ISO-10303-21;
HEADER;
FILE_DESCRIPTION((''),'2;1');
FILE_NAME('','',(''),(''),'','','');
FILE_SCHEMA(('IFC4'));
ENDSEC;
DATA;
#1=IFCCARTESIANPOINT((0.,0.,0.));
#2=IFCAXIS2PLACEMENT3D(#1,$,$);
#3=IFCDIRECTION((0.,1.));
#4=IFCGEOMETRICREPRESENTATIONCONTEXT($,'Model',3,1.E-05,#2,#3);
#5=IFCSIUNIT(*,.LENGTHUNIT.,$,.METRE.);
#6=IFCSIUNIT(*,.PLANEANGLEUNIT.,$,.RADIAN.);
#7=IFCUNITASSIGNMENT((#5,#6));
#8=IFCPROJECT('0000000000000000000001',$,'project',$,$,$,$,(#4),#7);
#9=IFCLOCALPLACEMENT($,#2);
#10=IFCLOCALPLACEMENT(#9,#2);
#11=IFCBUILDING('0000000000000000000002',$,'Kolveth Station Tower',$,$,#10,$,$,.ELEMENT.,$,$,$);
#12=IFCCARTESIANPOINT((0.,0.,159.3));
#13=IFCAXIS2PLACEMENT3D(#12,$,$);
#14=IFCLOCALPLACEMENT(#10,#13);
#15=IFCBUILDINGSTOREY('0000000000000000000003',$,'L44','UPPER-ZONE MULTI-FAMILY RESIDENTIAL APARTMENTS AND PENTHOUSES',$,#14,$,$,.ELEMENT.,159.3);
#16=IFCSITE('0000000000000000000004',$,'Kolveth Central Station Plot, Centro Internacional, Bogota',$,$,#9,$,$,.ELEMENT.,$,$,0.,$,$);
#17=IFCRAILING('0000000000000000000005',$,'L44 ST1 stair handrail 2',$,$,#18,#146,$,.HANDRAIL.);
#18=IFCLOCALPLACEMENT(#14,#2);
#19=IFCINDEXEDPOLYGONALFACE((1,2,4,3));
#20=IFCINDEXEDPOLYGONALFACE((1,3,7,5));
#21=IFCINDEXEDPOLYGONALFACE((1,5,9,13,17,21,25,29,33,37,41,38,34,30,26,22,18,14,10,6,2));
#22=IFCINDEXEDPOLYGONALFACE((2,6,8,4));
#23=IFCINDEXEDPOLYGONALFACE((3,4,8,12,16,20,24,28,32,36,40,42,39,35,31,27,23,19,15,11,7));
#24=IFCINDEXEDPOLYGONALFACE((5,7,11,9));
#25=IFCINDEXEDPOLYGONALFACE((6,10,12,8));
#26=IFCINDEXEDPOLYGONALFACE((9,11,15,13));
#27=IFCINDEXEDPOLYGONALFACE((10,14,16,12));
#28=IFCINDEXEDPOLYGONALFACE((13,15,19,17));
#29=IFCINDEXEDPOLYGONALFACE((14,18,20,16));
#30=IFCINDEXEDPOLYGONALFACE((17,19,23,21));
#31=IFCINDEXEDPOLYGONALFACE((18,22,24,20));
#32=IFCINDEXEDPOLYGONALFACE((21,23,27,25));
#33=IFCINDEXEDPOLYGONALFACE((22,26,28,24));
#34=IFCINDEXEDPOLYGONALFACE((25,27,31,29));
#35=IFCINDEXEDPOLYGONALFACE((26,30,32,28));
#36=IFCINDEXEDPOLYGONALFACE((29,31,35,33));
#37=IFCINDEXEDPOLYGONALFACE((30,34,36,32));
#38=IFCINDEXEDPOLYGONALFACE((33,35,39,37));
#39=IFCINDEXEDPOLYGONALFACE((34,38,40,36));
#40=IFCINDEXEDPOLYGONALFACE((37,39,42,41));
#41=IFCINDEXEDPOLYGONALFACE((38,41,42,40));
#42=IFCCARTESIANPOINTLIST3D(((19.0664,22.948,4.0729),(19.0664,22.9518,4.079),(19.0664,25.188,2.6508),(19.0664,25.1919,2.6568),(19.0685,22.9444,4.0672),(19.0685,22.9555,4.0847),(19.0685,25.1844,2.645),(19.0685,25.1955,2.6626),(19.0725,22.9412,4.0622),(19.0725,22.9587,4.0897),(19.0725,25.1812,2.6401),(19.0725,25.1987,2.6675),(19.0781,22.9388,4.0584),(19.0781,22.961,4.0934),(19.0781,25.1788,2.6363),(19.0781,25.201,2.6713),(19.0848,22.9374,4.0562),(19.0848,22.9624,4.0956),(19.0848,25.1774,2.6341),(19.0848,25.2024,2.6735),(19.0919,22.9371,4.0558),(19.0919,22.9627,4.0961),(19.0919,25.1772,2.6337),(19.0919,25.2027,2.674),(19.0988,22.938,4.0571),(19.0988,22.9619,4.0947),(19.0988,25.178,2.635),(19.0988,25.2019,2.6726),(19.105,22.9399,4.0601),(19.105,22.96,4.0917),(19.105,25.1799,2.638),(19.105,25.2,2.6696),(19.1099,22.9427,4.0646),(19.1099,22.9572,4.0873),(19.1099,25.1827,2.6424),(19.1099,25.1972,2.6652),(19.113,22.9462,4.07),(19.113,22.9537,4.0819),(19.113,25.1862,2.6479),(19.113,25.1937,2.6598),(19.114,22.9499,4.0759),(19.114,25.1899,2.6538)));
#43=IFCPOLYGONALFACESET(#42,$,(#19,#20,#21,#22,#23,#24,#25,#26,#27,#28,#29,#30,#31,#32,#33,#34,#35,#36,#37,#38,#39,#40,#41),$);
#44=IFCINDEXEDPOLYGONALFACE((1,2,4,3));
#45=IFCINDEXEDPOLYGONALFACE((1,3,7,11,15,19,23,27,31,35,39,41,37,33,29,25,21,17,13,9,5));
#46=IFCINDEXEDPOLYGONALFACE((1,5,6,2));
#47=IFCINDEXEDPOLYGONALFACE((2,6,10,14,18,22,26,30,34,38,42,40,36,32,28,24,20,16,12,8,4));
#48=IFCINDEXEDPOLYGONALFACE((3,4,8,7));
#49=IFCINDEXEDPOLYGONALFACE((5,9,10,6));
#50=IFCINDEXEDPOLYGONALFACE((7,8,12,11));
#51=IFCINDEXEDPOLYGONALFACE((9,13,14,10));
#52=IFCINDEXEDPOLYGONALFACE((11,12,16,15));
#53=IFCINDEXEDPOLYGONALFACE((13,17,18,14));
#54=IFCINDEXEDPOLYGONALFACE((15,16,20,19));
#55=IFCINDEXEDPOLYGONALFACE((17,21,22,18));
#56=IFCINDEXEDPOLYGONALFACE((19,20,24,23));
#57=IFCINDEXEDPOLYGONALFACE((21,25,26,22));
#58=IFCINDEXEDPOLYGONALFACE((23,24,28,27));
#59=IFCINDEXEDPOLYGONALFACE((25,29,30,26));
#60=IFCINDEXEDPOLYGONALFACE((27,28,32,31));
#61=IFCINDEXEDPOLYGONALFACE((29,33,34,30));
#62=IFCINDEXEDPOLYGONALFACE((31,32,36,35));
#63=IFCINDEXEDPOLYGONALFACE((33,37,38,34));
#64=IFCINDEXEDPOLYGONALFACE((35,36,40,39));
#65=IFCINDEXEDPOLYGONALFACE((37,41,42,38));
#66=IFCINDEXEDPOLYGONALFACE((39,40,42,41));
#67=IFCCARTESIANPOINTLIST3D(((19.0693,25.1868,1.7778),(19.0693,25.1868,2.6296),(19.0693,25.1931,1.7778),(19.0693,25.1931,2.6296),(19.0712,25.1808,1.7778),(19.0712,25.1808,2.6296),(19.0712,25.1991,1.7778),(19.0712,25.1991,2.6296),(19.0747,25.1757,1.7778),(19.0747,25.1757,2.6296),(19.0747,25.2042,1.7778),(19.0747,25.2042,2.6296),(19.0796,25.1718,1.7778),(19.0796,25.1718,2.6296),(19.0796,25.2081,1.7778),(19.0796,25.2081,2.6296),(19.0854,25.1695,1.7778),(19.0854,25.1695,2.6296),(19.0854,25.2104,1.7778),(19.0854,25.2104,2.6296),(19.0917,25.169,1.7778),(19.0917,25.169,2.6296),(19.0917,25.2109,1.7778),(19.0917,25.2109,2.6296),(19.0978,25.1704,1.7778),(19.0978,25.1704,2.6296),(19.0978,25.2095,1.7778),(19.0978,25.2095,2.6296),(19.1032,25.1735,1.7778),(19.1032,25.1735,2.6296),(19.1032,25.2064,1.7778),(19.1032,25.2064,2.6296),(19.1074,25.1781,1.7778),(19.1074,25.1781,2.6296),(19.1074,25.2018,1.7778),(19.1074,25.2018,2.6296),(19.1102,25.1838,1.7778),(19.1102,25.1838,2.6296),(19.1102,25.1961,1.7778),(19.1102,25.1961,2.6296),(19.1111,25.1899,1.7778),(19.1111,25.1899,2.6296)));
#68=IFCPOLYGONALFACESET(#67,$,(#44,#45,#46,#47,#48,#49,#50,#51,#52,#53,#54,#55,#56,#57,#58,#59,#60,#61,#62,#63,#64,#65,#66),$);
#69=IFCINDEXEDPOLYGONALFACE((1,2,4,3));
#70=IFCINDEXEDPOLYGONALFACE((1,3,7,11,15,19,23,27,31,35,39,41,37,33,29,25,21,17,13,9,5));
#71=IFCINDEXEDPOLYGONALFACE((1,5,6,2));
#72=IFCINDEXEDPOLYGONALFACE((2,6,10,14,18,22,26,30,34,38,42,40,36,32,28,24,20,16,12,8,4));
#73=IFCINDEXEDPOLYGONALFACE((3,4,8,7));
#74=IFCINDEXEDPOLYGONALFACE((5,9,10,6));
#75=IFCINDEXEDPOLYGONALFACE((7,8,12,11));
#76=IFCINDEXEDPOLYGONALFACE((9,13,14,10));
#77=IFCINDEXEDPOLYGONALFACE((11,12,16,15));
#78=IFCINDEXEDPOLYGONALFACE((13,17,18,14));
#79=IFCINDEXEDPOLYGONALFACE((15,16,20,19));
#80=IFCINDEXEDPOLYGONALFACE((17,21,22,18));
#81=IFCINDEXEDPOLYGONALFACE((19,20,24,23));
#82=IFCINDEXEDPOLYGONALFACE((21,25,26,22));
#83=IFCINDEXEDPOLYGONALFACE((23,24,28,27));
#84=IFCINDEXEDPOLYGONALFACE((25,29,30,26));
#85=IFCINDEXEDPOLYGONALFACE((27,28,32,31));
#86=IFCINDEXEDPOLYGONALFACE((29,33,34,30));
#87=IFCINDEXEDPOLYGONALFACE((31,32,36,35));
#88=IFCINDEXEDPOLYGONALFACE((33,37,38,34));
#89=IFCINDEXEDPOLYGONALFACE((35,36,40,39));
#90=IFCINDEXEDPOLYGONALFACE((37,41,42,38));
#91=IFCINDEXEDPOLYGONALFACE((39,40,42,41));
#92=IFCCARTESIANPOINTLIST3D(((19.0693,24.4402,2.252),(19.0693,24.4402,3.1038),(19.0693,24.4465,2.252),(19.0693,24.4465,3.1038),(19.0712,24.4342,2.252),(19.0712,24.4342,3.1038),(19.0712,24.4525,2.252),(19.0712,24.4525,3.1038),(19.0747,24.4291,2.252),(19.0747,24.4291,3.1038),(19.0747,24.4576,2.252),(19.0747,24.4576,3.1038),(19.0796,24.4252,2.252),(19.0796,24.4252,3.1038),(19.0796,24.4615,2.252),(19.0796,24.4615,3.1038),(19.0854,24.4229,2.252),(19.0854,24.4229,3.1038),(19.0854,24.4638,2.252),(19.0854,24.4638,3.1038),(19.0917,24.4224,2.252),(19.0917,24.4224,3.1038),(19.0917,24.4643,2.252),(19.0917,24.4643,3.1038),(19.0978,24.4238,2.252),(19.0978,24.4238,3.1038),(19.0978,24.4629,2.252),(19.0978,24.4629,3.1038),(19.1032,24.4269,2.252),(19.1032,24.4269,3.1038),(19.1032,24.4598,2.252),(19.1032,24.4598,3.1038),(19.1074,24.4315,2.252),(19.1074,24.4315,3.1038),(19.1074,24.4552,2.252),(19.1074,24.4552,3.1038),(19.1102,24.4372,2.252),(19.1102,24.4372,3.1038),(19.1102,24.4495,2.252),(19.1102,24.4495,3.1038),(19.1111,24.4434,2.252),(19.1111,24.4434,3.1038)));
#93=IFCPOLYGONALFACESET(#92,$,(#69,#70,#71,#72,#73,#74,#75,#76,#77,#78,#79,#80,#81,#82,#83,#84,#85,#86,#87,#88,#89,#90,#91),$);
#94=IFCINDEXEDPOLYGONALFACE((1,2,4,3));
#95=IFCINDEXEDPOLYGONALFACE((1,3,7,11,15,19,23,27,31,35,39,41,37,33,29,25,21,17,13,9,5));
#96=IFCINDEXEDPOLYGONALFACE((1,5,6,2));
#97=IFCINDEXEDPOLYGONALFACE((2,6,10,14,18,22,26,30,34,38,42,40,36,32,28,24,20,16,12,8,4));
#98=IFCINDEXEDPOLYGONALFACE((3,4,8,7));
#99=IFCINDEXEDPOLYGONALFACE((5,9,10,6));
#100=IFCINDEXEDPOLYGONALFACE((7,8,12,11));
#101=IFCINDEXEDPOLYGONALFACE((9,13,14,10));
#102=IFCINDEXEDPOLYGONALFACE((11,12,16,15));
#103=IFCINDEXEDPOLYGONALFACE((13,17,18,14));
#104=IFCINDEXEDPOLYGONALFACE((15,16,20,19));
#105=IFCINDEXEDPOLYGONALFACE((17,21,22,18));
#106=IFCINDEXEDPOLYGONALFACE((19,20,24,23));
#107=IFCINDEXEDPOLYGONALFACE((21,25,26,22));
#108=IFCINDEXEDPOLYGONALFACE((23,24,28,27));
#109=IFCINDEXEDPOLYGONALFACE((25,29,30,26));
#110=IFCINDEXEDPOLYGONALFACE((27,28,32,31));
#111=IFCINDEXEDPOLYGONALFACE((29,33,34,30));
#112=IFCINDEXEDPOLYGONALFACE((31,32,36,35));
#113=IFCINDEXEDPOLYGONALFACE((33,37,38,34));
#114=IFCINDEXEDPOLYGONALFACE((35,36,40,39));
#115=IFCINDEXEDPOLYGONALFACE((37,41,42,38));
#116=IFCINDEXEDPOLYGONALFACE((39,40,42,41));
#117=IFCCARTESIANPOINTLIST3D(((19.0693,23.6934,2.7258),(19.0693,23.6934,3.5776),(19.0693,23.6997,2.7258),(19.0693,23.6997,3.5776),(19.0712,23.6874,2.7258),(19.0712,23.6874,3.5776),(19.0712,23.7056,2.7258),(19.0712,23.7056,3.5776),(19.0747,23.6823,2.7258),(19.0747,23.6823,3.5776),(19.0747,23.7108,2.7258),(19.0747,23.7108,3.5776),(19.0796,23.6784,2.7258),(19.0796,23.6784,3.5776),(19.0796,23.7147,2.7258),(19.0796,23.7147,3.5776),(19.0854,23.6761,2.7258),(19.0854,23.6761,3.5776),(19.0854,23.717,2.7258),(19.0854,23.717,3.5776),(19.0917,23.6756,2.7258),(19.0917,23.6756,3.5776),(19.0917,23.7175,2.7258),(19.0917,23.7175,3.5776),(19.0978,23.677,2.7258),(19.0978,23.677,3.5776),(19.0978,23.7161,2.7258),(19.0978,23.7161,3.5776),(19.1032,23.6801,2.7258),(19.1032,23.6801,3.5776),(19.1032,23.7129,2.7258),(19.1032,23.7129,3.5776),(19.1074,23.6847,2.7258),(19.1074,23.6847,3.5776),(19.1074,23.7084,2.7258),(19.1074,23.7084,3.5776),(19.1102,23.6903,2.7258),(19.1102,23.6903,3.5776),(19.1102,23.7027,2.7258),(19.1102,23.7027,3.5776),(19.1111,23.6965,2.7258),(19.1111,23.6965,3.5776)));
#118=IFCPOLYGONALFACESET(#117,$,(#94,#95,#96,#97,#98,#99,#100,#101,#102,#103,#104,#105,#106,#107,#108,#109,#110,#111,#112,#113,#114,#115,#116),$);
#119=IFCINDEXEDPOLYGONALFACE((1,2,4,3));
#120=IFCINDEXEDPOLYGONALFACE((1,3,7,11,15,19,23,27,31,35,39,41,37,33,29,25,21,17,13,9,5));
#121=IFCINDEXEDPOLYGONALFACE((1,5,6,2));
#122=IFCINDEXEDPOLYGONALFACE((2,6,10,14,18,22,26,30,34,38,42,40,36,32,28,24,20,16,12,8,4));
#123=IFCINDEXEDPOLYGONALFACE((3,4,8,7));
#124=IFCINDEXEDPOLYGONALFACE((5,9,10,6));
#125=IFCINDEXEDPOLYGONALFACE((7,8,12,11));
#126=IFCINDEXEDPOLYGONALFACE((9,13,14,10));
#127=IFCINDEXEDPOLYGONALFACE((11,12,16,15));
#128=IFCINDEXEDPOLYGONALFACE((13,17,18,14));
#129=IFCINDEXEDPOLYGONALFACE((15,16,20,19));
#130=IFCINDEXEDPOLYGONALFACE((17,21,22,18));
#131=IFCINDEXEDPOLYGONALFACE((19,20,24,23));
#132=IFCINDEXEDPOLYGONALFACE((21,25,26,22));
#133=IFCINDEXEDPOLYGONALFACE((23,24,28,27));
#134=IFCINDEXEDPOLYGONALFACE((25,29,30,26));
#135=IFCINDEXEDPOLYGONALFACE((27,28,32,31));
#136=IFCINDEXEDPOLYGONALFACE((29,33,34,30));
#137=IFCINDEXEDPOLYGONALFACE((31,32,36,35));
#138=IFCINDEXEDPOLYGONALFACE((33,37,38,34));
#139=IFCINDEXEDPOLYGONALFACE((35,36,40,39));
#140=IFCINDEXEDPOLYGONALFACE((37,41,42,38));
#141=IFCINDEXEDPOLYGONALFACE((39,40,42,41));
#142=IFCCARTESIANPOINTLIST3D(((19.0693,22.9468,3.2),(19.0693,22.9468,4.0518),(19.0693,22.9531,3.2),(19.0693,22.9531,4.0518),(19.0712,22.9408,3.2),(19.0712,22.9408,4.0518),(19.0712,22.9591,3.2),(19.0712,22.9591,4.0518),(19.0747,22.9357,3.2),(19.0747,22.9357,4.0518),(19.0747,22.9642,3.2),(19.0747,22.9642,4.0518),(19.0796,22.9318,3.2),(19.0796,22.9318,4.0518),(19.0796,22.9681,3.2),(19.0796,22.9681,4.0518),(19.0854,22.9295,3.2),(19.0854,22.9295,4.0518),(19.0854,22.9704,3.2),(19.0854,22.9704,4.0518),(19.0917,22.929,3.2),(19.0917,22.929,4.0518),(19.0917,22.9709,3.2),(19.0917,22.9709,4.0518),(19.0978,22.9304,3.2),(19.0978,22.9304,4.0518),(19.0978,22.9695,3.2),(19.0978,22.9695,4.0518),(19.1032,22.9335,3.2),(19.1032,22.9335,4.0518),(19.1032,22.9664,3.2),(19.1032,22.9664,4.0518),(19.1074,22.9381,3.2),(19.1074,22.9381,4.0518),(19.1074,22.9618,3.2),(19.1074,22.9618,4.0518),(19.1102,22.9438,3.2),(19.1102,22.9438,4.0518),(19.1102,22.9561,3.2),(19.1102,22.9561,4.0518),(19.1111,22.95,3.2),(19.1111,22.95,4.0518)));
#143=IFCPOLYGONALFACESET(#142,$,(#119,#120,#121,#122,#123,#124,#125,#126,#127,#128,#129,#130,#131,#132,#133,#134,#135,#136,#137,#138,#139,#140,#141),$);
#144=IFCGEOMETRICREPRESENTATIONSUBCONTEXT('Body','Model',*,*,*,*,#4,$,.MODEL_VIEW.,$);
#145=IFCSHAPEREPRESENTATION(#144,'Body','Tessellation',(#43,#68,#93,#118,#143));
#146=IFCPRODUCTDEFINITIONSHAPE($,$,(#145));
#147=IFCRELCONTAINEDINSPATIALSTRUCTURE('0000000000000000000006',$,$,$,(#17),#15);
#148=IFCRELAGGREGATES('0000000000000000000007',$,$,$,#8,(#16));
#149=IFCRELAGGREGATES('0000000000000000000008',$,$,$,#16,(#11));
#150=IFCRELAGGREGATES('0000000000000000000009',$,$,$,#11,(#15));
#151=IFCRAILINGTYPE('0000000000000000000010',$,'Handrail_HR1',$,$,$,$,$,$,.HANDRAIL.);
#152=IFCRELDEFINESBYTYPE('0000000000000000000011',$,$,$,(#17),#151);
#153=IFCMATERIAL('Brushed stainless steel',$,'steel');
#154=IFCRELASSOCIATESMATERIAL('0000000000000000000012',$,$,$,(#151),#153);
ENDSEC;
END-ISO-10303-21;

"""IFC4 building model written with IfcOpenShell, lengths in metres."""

from ifc_helpers import new_model, si_unit, direction, frame, origin, origin_2d, place, context, subcontext, project, spatial, circle, extrude, material, type_object, element, save


model = new_model("IFC4")

# Units and contexts
model_context = context("Model", 3, precision=1e-05, world=origin(), true_north=direction((0.0, 1.0)))
body_context = subcontext(model_context, "Body", "Model", "MODEL_VIEW")
ifc_project = project(units=[si_unit("LENGTHUNIT", "METRE"), si_unit("PLANEANGLEUNIT", "RADIAN")], contexts=[model_context])

# Site, building, storey
site_placement = place(None, origin())
site = spatial("IfcSite", under=ifc_project, at=site_placement, Name="Kolveth Central Station Plot, Centro Internacional, Bogota", CompositionType="ELEMENT", RefElevation=0.0)
building_placement = place(site_placement, origin())
building = spatial("IfcBuilding", under=site, at=building_placement, Name="Kolveth Station Tower", CompositionType="ELEMENT")
storey_placement = place(building_placement, frame((0.0, 0.0, 159.3)))
storey = spatial("IfcBuildingStorey", under=building, at=storey_placement, Name="L44", Description="UPPER-ZONE MULTI-FAMILY RESIDENTIAL APARTMENTS AND PENTHOUSES", CompositionType="ELEMENT", Elevation=159.3)

# Railing
ifc_material_1 = material(Name="Brushed stainless steel", Category="steel")
railing_type_1 = type_object("IfcRailingType", Name="Handrail_HR1", PredefinedType="HANDRAIL", material=ifc_material_1)
for number, where, name in (
    (1, (19.0901, 25.1899, 1.7778), "L44 ST1 stair handrail 2"),
):
    element("IfcRailing", number, at=place(storey_placement, frame(where)), inside=storey, type_object=railing_type_1, Name=name, PredefinedType="HANDRAIL", context=body_context, shape_type="SweptSolid", body=[
        extrude(circle(Radius=0.0239, at=origin_2d()), frame((0.0, 0.0, 0.876), z_axis=(0.0, -0.844229, 0.535982), x_axis=(1.0, 0.0, 0.0)), (0.0, 0.0, 1.0), 2.6533),
        extrude(circle(Radius=0.021, at=origin_2d()), origin(), (0.0, 0.0, 1.0), 0.8518),
        extrude(circle(Radius=0.021, at=origin_2d()), frame((0.0, -0.7466, 0.4741)), (0.0, 0.0, 1.0), 0.8518),
        extrude(circle(Radius=0.021, at=origin_2d()), frame((0.0, -1.4934, 0.948)), (0.0, 0.0, 1.0), 0.8518),
        extrude(circle(Radius=0.021, at=origin_2d()), frame((0.0, -2.24, 1.4221)), (0.0, 0.0, 1.0), 0.8518),
    ])

save(model, "model.ifc")
